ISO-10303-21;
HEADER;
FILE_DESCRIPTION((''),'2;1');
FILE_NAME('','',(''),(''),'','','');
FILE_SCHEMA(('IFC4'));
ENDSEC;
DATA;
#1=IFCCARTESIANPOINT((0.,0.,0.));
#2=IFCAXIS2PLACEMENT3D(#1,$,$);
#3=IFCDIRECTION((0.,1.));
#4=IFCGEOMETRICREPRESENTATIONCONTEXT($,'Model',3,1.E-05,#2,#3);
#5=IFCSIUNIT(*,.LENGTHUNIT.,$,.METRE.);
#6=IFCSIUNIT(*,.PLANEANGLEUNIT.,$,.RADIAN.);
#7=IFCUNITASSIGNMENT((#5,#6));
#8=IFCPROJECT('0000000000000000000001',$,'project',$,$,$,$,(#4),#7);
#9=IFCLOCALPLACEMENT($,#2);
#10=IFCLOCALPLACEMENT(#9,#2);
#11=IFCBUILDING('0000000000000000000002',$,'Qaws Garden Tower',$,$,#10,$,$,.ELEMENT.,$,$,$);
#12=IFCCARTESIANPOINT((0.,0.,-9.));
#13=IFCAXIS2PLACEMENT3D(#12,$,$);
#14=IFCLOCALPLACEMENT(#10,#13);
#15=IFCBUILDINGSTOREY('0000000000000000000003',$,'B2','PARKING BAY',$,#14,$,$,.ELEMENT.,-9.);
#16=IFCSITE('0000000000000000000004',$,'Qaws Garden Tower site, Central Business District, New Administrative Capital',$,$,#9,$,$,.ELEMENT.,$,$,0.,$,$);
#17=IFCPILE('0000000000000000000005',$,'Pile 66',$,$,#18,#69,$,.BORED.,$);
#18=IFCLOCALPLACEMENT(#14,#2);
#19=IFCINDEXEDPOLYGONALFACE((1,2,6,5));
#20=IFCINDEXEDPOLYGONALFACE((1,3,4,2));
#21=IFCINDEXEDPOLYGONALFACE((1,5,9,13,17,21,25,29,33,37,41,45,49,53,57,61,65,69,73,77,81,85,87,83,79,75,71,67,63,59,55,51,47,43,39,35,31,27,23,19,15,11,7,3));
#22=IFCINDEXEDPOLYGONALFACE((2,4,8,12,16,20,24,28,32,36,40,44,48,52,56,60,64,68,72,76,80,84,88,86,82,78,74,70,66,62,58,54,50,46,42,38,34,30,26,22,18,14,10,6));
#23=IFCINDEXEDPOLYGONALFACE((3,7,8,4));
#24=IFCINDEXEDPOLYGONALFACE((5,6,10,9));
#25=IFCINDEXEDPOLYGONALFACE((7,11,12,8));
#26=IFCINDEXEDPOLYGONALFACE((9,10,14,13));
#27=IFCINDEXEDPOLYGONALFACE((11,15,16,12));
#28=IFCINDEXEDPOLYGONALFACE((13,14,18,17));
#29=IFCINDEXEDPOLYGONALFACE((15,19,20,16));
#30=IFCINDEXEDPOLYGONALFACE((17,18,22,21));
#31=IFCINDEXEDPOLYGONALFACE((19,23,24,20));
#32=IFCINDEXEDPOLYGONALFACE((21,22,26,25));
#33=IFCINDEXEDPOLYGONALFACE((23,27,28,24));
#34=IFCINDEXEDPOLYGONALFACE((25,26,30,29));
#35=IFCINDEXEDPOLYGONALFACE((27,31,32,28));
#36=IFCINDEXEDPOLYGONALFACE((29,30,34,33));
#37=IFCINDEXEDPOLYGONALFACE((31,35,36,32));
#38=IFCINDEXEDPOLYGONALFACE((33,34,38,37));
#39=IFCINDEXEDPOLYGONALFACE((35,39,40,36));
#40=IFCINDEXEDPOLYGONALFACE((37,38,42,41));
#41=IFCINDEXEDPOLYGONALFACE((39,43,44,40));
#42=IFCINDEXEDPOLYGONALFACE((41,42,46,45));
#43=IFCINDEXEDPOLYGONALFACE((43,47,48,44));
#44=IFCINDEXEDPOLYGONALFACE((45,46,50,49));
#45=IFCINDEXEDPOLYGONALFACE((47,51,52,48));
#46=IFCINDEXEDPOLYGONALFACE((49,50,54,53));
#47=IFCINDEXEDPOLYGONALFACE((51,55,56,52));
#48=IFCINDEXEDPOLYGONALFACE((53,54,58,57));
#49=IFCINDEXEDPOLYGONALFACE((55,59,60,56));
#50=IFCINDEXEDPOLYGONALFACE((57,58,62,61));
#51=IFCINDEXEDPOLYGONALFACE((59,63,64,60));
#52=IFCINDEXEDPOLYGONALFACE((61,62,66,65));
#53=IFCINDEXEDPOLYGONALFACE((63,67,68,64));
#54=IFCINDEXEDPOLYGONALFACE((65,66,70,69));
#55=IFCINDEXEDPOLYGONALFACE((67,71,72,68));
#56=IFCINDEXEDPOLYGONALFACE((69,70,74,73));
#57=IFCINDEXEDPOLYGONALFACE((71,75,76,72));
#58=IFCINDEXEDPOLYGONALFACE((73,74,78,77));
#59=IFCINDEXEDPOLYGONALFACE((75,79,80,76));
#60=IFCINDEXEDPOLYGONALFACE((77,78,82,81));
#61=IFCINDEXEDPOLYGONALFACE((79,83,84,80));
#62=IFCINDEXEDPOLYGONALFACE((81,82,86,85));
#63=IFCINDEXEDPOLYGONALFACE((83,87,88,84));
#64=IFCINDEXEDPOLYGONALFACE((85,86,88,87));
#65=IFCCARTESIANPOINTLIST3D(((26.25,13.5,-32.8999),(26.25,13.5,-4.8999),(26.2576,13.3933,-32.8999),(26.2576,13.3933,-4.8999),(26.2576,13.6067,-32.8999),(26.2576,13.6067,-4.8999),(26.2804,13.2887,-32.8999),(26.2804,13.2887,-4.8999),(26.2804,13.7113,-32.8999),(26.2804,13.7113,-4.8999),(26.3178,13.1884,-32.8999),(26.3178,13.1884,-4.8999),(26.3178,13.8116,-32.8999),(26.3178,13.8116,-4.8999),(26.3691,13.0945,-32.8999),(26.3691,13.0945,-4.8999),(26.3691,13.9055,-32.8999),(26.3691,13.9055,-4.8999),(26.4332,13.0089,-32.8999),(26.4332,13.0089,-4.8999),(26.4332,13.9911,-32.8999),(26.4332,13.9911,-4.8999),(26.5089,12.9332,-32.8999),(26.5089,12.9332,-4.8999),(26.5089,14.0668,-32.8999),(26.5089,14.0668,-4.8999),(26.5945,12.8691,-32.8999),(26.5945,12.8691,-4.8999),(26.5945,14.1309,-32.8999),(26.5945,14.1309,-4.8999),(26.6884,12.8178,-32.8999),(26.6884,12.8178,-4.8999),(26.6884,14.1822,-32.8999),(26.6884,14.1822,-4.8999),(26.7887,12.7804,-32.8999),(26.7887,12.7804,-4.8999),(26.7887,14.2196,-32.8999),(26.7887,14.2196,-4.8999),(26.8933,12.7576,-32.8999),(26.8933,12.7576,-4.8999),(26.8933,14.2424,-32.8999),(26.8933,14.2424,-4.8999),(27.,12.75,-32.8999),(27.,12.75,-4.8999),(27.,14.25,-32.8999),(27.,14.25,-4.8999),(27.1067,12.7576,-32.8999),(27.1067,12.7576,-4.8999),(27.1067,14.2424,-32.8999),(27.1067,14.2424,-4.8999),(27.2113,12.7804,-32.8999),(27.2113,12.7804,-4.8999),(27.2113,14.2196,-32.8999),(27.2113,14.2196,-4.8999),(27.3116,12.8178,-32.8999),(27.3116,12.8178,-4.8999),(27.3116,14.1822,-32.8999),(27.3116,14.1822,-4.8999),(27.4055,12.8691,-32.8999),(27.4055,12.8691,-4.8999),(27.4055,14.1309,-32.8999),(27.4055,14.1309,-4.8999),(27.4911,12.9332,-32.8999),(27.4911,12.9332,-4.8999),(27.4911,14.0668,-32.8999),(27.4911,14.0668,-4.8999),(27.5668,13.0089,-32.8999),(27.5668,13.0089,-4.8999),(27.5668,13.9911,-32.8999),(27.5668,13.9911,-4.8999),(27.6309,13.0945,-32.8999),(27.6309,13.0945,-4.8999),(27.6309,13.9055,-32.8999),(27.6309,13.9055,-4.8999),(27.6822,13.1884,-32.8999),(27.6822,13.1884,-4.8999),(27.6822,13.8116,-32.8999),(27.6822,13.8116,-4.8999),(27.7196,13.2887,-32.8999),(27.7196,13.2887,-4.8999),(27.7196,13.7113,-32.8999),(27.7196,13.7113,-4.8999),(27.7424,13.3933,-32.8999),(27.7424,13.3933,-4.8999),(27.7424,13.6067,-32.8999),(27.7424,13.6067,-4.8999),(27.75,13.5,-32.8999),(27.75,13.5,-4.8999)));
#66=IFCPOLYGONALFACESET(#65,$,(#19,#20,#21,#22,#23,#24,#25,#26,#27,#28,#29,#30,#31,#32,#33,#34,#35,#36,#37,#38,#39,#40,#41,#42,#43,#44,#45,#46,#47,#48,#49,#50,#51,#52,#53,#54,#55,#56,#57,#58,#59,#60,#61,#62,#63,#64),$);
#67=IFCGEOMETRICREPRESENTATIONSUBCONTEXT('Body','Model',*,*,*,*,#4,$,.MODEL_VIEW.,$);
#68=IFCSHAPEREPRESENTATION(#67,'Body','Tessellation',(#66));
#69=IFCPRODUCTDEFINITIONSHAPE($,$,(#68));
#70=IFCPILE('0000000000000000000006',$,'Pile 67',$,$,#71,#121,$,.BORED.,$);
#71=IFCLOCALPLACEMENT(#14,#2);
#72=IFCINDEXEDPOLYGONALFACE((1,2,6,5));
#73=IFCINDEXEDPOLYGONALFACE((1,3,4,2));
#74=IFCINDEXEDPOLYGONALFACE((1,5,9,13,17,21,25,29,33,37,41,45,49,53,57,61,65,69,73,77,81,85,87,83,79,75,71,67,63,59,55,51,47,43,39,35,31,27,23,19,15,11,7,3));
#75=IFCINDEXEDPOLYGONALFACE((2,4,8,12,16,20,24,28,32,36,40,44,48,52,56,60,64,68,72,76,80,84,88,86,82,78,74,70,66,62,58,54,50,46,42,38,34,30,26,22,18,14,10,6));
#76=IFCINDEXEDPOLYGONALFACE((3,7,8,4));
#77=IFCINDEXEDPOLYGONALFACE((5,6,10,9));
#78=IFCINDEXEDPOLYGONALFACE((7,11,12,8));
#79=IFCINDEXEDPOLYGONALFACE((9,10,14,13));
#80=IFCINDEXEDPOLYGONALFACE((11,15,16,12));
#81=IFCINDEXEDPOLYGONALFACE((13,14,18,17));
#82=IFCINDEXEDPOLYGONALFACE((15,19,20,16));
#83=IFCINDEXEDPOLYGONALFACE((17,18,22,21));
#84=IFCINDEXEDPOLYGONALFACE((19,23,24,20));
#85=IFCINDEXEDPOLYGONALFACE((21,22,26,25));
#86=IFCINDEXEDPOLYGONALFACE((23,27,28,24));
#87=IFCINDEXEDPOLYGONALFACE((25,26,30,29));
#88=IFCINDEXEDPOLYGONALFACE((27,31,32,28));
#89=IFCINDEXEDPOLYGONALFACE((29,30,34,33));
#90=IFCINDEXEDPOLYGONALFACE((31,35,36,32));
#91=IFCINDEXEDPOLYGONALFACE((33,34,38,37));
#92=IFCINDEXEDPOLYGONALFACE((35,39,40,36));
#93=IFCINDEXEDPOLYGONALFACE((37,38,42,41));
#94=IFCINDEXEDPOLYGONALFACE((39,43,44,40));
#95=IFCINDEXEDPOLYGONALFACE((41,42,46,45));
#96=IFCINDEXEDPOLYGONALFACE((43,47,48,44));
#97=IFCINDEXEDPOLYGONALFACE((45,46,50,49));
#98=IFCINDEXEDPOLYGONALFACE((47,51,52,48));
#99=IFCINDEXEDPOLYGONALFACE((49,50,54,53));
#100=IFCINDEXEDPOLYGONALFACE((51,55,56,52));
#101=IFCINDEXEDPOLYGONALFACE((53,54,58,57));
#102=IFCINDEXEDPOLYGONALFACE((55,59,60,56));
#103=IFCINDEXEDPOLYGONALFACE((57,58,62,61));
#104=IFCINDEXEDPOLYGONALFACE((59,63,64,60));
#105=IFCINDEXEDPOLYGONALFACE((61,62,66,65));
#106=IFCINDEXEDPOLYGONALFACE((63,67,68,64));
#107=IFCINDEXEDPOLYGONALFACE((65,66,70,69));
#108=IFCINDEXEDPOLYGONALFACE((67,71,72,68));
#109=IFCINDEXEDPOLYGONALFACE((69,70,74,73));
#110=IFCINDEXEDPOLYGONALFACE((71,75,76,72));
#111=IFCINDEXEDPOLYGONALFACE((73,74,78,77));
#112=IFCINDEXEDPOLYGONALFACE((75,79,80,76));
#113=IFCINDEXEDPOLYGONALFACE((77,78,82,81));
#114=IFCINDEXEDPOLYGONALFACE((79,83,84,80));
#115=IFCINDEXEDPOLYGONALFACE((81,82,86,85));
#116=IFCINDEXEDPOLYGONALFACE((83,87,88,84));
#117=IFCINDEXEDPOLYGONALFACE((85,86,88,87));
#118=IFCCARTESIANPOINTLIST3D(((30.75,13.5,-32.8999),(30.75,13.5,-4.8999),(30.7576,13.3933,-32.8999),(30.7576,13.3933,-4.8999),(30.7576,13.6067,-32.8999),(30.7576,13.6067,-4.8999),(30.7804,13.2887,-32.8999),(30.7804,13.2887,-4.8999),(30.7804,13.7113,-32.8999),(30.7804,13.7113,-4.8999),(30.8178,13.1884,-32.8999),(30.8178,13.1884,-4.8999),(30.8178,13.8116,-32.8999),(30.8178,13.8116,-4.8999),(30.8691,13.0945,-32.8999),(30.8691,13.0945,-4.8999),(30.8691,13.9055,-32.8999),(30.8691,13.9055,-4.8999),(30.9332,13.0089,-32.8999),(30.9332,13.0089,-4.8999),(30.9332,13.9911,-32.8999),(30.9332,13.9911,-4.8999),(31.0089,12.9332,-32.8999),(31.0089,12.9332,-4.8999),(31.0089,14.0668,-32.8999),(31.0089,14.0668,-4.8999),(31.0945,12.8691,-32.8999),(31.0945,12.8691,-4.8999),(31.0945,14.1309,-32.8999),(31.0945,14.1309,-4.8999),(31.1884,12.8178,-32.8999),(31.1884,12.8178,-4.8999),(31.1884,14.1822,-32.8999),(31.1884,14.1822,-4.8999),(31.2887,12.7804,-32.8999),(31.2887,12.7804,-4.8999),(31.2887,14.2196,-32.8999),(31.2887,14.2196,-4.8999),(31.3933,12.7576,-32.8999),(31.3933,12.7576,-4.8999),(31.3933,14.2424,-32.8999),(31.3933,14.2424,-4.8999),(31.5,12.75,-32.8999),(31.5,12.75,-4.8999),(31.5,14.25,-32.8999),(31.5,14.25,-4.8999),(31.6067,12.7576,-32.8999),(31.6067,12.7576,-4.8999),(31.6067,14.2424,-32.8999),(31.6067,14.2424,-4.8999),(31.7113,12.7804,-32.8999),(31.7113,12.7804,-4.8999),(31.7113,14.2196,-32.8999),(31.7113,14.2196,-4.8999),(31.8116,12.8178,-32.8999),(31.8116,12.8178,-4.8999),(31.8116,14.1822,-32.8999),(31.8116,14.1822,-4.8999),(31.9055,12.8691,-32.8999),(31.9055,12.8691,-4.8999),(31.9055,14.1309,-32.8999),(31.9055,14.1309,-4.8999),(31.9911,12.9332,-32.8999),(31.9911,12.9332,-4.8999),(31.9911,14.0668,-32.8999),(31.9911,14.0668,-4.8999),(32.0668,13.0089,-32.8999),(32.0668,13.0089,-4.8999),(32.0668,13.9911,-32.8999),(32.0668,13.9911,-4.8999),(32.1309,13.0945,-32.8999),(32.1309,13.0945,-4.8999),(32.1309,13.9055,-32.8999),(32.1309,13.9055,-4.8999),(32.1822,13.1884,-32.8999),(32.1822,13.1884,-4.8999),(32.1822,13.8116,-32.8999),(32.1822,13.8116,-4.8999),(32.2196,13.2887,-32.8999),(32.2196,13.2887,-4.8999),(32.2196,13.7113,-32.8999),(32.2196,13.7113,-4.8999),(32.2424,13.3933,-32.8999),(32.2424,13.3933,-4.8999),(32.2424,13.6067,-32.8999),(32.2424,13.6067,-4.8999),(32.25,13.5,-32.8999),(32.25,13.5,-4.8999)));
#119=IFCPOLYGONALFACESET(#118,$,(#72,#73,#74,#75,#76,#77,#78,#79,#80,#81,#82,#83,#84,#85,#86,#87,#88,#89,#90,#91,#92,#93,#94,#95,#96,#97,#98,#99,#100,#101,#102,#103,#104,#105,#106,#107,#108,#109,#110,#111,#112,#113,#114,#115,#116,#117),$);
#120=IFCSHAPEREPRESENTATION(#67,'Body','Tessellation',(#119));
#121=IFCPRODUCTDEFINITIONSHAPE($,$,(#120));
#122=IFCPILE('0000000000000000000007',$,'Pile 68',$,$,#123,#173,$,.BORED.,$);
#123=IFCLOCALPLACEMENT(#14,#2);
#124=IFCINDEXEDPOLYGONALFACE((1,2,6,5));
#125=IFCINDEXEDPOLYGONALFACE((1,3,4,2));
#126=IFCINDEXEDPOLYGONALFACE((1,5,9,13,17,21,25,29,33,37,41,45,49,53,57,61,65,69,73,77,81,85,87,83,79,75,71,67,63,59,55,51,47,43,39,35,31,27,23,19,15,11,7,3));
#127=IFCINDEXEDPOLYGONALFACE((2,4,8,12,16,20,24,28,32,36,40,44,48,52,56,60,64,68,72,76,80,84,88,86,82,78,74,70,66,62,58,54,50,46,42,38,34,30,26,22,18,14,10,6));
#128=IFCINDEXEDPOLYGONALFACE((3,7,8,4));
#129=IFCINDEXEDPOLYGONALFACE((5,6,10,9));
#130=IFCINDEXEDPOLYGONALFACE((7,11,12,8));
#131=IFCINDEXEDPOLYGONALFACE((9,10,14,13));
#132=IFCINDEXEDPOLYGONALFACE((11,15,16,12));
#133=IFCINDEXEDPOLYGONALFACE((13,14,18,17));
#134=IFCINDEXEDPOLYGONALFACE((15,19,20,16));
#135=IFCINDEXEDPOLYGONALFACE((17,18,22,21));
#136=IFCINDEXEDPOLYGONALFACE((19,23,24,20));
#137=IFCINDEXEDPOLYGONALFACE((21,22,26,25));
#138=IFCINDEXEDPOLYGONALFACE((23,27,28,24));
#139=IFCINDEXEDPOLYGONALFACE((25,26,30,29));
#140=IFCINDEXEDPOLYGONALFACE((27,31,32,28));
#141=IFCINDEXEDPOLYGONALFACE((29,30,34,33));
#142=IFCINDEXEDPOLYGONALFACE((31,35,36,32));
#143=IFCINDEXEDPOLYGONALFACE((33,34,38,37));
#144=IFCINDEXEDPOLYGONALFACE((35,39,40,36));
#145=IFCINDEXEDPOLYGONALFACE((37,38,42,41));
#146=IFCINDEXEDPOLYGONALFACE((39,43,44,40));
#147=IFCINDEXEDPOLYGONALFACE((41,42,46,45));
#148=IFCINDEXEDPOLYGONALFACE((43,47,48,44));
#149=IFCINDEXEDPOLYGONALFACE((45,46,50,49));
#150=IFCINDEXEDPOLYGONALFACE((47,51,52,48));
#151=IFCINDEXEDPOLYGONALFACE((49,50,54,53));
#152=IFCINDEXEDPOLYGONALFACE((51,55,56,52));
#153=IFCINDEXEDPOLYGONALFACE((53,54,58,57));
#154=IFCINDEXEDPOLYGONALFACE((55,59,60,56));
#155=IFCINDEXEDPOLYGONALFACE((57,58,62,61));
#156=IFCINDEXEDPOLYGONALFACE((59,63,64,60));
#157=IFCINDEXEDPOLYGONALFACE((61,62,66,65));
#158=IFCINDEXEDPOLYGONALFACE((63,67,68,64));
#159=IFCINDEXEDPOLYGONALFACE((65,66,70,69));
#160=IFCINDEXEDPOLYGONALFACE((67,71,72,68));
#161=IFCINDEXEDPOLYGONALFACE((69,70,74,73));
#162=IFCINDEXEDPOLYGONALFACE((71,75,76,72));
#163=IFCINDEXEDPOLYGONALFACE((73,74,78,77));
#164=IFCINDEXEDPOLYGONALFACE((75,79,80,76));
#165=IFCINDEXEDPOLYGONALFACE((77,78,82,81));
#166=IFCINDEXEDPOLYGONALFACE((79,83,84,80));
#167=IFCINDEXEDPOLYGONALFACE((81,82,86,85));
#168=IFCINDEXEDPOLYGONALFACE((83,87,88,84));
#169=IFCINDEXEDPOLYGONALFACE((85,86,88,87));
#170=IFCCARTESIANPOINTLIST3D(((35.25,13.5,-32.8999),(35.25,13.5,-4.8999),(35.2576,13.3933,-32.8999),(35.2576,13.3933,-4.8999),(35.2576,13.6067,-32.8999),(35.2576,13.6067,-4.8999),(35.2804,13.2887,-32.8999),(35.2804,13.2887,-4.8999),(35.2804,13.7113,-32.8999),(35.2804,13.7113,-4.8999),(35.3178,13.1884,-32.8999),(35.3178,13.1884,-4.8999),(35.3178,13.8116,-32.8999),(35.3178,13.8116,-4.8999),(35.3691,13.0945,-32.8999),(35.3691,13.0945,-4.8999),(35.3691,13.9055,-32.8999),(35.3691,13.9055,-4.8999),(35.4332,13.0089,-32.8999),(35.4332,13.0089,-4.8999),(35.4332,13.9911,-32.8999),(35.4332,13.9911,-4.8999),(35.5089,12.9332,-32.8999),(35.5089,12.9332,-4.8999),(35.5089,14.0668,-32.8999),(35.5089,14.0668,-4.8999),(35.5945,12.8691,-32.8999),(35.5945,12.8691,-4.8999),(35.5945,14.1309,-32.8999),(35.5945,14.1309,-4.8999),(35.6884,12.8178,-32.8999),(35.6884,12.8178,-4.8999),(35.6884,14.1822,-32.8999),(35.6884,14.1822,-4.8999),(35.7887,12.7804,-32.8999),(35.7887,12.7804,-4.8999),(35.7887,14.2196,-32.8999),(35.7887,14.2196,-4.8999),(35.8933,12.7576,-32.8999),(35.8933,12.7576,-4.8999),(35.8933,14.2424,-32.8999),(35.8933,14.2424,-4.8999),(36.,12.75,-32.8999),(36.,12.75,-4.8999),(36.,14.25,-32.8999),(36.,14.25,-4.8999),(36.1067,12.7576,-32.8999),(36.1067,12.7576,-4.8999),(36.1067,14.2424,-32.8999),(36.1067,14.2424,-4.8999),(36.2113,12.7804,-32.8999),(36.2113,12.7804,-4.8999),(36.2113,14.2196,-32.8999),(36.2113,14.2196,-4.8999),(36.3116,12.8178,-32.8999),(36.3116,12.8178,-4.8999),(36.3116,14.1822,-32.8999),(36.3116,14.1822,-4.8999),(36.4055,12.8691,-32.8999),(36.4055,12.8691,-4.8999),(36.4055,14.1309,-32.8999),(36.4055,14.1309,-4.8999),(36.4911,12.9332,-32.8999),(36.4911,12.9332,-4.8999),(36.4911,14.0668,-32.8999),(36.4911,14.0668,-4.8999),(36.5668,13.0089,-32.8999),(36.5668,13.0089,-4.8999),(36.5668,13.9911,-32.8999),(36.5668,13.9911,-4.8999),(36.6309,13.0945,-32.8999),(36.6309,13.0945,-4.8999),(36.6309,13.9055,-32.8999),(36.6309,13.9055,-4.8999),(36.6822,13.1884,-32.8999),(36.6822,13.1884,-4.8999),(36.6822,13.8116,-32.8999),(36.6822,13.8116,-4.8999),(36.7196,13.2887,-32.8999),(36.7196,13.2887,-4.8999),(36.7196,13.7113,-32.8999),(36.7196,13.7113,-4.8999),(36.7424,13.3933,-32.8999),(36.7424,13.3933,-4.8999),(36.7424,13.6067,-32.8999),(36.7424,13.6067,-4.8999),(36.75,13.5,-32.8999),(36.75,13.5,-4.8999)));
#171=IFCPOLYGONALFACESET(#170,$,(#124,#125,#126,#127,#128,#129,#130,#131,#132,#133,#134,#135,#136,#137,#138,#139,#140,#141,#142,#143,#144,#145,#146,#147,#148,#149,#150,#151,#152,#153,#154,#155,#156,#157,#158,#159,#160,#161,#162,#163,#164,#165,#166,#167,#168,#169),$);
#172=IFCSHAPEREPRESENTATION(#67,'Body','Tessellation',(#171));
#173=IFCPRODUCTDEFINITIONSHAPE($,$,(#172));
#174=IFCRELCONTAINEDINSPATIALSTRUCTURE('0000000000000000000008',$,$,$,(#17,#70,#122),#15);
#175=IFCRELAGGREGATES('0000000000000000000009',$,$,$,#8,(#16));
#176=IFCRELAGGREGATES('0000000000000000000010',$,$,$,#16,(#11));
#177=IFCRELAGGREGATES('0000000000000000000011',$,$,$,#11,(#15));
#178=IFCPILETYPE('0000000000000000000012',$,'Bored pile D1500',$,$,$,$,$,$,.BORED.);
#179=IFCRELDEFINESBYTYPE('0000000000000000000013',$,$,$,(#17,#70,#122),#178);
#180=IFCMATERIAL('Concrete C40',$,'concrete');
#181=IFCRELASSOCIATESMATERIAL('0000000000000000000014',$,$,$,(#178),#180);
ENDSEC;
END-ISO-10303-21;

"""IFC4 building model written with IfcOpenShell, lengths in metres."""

from ifc_helpers import new_model, si_unit, direction, frame, origin, origin_2d, place, context, subcontext, project, spatial, circle, extrude, material, material_profile, profile_set, type_object, element, save


model = new_model("IFC4")

# Units and contexts
model_context = context("Model", 3, precision=1e-05, world=origin(), true_north=direction((0.0, 1.0)))
body_context = subcontext(model_context, "Body", "Model", "MODEL_VIEW")
ifc_project = project(units=[si_unit("LENGTHUNIT", "METRE"), si_unit("PLANEANGLEUNIT", "RADIAN")], contexts=[model_context])

# Site, building, storey
site_placement = place(None, origin())
site = spatial("IfcSite", under=ifc_project, at=site_placement, Name="Qaws Garden Tower site, Central Business District, New Administrative Capital", CompositionType="ELEMENT", RefElevation=0.0)
building_placement = place(site_placement, origin())
building = spatial("IfcBuilding", under=site, at=building_placement, Name="Qaws Garden Tower", CompositionType="ELEMENT")
storey_placement = place(building_placement, frame((0.0, 0.0, -9.0)))
storey = spatial("IfcBuildingStorey", under=building, at=storey_placement, Name="B2", Description="PARKING BAY", CompositionType="ELEMENT", Elevation=-9.0)

# Piles
ifc_material_1 = material(Name="Concrete C40", Category="concrete")
ifc_material_profile_1 = material_profile(ifc_material_1, circle(Radius=0.75, at=origin_2d()), Name="Bored pile D1500")
ifc_profile_set_1 = profile_set([ifc_material_profile_1], Name="Concrete C40")
pile_type = type_object("IfcPileType", Name="Bored pile D1500", PredefinedType="BORED", material=ifc_profile_set_1)
for number, where, z_axis, x_axis, name in (
    (1, (27.0, 13.5, -4.8999), (0.0, 0.0, -1.0), (1.0, 0.0, 0.0), "Pile 66"),
    (2, (31.5, 13.5, -4.8999), (0.0, 0.0, -1.0), (1.0, 0.0, 0.0), "Pile 67"),
    (3, (36.0, 13.5, -4.8999), (0.0, 0.0, -1.0), (1.0, 0.0, 0.0), "Pile 68"),
):
    element("IfcPile", number, at=place(storey_placement, frame(where, z_axis=z_axis, x_axis=x_axis)), inside=storey, type_object=pile_type, Name=name, PredefinedType="BORED", context=body_context, shape_type="SweptSolid", body=[
        extrude(circle(Radius=0.75, at=origin_2d()), origin(), (0.0, 0.0, 1.0), 28.0),
    ])

save(model, "model.ifc")
